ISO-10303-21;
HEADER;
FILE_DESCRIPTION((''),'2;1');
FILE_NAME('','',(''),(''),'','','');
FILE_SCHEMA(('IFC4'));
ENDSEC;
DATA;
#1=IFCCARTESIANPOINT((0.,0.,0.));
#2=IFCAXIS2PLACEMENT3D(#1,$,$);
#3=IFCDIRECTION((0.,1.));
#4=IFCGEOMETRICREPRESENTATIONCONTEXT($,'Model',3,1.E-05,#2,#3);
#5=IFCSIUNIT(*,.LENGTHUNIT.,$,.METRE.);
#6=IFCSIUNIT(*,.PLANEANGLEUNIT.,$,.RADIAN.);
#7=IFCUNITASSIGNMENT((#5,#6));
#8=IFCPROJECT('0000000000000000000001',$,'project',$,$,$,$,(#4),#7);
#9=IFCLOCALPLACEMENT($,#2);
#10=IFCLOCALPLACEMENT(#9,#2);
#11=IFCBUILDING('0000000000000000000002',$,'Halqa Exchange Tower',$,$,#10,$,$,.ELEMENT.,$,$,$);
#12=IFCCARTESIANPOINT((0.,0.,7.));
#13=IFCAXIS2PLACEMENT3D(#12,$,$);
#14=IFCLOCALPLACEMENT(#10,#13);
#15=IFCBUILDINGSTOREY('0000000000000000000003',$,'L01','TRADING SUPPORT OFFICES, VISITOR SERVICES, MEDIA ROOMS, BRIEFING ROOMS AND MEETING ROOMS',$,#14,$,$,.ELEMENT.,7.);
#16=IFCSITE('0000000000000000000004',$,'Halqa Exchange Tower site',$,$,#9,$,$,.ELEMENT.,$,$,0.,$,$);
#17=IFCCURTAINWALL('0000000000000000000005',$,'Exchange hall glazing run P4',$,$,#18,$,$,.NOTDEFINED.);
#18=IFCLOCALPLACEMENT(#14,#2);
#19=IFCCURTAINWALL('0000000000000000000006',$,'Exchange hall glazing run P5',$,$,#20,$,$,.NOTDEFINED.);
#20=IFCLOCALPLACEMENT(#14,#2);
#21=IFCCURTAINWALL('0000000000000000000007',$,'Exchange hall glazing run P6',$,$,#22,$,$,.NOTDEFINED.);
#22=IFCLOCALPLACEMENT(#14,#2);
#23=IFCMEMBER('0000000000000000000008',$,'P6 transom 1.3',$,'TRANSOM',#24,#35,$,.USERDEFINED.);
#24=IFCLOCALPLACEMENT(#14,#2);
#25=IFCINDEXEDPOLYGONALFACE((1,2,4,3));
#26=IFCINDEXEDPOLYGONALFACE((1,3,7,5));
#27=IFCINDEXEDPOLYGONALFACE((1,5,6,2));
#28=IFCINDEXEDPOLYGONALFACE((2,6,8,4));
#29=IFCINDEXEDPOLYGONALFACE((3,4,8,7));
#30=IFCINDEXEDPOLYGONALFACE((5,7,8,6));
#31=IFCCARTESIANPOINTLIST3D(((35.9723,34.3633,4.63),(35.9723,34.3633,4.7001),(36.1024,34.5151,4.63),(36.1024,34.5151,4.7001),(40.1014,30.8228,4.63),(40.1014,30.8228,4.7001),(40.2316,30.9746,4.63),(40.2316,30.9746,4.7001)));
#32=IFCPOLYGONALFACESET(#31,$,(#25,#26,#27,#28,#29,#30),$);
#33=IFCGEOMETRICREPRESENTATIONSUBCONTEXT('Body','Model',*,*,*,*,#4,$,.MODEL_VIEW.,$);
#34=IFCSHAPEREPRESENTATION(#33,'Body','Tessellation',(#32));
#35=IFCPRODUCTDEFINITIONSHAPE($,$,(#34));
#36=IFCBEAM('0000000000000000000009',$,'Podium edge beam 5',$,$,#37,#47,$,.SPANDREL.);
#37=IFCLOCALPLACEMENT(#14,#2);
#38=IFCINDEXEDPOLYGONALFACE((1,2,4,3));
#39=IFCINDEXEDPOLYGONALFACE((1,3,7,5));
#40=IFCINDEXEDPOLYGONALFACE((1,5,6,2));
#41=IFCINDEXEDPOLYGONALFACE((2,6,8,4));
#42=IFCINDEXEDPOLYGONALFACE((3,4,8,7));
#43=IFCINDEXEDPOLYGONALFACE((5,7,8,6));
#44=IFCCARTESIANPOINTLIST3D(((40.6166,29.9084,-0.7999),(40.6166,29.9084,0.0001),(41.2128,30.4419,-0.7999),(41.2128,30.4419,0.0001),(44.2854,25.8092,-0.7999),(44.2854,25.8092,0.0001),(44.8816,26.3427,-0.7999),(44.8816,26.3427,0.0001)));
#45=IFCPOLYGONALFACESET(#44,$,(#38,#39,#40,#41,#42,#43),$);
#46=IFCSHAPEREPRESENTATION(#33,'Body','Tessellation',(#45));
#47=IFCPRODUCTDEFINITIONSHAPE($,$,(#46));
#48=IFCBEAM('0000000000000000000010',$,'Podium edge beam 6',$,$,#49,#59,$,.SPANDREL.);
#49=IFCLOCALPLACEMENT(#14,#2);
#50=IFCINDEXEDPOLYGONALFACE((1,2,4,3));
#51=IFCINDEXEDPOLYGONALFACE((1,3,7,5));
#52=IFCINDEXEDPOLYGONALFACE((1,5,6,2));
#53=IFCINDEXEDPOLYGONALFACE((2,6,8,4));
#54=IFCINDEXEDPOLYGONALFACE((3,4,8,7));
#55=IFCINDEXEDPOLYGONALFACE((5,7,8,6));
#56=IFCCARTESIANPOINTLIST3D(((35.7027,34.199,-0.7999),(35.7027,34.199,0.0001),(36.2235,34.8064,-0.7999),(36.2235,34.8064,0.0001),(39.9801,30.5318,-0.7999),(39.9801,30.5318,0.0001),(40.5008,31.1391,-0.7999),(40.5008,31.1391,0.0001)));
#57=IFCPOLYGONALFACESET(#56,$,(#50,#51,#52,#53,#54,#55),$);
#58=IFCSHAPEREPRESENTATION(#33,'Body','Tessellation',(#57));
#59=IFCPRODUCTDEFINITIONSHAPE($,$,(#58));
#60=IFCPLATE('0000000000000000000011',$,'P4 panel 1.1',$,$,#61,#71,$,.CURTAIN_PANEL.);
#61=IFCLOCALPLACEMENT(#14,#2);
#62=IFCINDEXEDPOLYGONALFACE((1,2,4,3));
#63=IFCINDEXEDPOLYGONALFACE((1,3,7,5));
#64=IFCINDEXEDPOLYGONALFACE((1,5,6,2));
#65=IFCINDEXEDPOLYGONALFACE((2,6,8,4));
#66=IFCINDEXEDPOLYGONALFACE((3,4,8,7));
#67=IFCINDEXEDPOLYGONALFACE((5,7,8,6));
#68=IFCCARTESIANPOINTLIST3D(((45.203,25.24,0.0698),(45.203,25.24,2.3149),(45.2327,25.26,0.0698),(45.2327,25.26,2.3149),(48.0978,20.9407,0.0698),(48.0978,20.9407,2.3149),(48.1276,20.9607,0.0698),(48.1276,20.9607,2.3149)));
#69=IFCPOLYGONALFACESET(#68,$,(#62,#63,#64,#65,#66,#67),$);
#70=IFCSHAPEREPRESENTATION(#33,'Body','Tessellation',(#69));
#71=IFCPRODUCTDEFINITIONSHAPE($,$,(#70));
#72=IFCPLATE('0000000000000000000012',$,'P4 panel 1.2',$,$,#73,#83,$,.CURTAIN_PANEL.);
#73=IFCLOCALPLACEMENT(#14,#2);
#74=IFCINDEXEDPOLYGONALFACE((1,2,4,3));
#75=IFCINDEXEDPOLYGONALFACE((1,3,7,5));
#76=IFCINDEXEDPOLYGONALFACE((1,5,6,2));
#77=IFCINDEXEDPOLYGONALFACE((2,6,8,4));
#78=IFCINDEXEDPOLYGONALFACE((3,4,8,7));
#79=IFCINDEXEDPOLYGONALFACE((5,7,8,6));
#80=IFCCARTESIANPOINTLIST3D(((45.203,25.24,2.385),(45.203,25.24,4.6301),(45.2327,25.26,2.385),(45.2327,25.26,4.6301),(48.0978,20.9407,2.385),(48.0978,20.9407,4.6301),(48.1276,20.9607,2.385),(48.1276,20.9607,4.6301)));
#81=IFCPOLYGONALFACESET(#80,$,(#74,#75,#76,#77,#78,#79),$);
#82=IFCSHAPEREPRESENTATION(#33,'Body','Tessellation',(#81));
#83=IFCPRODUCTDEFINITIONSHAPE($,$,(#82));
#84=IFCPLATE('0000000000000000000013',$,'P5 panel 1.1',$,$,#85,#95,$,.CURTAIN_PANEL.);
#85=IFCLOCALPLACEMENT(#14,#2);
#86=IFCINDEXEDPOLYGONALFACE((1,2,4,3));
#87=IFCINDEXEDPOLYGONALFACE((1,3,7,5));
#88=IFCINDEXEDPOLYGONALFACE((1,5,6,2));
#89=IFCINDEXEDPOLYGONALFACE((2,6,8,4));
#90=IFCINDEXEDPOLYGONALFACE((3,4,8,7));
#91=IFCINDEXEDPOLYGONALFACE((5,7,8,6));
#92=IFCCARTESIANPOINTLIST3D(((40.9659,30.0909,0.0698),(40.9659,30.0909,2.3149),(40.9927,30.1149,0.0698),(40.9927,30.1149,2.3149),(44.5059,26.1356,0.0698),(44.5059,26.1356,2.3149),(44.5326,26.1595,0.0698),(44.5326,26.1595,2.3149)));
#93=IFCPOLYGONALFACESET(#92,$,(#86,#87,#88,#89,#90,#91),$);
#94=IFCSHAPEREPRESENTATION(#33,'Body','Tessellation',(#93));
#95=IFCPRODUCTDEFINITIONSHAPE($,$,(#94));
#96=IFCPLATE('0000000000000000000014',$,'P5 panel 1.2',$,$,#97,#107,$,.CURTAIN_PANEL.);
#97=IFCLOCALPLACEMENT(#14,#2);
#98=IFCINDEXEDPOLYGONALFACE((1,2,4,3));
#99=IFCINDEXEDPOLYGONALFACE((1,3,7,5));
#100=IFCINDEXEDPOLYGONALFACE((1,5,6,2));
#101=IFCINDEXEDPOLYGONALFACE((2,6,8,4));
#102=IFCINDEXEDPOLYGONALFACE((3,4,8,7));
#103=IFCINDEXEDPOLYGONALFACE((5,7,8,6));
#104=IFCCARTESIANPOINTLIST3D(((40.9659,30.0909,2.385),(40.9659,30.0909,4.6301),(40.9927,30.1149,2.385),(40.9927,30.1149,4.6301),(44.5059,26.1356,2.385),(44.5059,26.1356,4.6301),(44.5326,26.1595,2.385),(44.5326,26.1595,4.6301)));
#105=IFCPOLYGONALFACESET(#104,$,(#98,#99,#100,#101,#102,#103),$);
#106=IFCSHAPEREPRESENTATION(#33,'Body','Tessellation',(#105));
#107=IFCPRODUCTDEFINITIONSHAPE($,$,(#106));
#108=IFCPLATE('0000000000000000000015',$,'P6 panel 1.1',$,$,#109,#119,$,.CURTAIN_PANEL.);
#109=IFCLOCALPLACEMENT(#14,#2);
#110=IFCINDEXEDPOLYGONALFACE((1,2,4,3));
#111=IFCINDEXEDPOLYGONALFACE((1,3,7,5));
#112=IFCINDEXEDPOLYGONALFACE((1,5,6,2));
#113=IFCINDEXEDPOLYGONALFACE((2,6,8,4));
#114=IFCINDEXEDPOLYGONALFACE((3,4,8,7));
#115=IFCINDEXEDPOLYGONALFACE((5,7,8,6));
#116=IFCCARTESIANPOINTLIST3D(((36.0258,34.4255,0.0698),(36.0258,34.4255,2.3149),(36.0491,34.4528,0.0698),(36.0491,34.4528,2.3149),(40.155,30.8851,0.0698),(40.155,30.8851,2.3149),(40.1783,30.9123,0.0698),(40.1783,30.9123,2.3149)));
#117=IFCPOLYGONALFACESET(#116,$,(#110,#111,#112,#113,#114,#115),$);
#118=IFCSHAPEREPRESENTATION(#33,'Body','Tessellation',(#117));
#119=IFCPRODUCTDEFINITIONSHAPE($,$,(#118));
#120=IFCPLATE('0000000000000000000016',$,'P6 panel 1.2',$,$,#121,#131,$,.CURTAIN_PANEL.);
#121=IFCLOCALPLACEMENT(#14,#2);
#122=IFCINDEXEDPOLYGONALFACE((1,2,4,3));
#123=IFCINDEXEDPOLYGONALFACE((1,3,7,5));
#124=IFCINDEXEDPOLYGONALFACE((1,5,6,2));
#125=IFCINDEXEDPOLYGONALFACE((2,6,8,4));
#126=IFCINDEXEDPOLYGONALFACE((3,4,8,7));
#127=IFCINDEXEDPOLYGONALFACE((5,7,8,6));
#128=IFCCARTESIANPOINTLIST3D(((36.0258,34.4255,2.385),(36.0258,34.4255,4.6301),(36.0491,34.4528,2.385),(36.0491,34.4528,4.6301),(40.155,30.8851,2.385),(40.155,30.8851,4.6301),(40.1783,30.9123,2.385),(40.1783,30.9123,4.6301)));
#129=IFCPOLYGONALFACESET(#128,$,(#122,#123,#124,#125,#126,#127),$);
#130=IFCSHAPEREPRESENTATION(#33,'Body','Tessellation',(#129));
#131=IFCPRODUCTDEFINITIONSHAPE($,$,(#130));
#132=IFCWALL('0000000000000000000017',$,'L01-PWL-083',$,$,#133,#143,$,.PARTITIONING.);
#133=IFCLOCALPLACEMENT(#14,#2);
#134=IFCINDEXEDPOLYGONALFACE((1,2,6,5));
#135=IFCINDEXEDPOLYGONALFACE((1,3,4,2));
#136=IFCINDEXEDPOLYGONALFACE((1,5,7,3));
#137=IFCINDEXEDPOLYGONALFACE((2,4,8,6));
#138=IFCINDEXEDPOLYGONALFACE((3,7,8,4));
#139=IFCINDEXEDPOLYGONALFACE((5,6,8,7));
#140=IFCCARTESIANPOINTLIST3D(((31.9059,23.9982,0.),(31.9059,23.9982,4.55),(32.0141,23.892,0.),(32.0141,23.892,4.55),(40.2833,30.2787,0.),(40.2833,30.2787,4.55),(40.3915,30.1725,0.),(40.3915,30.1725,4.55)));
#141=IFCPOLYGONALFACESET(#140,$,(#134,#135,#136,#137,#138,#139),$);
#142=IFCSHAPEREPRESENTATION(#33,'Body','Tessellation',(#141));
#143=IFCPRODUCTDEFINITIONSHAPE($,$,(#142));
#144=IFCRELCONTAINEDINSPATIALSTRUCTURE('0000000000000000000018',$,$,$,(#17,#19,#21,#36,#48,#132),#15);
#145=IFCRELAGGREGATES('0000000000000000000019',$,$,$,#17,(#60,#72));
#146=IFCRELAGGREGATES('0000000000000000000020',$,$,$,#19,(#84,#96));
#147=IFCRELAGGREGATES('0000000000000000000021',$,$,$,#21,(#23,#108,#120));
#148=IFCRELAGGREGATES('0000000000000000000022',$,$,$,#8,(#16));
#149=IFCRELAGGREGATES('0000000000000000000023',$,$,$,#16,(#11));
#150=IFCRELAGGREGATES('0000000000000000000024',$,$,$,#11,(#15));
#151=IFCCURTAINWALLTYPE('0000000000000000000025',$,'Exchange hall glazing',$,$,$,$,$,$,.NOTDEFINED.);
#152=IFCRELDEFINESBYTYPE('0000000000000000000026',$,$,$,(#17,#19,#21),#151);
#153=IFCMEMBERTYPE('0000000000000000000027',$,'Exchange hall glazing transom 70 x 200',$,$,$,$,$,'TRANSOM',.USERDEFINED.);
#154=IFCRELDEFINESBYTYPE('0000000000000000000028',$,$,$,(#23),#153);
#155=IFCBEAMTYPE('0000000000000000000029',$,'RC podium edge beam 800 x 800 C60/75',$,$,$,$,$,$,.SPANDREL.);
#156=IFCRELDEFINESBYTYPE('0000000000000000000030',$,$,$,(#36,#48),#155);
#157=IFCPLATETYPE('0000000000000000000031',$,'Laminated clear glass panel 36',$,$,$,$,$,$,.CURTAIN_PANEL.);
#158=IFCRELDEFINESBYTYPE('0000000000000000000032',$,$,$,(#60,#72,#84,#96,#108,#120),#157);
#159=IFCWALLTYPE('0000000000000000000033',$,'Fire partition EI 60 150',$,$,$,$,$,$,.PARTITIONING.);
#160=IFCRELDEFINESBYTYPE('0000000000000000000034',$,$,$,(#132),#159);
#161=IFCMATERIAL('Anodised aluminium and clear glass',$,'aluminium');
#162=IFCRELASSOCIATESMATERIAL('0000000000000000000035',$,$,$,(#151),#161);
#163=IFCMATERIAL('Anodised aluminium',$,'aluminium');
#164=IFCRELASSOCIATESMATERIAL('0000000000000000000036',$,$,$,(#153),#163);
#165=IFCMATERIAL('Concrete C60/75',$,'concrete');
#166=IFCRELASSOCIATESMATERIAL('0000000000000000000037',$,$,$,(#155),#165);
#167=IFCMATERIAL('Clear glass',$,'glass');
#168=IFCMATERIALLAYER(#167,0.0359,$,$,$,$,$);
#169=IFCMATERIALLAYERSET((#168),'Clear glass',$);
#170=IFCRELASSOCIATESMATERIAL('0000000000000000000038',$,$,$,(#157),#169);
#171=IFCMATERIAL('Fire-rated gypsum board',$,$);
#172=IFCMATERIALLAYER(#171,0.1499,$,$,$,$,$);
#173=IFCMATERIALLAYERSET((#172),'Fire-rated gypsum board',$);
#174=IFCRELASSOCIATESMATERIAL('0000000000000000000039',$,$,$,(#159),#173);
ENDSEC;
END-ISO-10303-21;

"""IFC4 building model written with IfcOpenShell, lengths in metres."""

from ifc_helpers import new_model, si_unit, direction, frame, origin, origin_2d, place, context, subcontext, project, spatial, polyline, rectangle, outline, extrude, material, layer, layer_set, material_profile, profile_set, type_object, element, aggregate, save


model = new_model("IFC4")

# Units and contexts
model_context = context("Model", 3, precision=1e-05, world=origin(), true_north=direction((0.0, 1.0)))
body_context = subcontext(model_context, "Body", "Model", "MODEL_VIEW")
ifc_project = project(units=[si_unit("LENGTHUNIT", "METRE"), si_unit("PLANEANGLEUNIT", "RADIAN")], contexts=[model_context])

# Site, building, storey
site_placement = place(None, origin())
site = spatial("IfcSite", under=ifc_project, at=site_placement, Name="Halqa Exchange Tower site", CompositionType="ELEMENT", RefElevation=0.0)
building_placement = place(site_placement, origin())
building = spatial("IfcBuilding", under=site, at=building_placement, Name="Halqa Exchange Tower", CompositionType="ELEMENT")
storey_placement = place(building_placement, frame((0.0, 0.0, 7.0)))
storey = spatial("IfcBuildingStorey", under=building, at=storey_placement, Name="L01", Description="TRADING SUPPORT OFFICES, VISITOR SERVICES, MEDIA ROOMS, BRIEFING ROOMS AND MEETING ROOMS", CompositionType="ELEMENT", Elevation=7.0)

# Shared definitions
ifc_material_1 = material(Name="Concrete C60/75", Category="concrete")

# Curtain wall
ifc_material_2 = material(Name="Anodised aluminium and clear glass", Category="aluminium")
curtain_wall_type = type_object("IfcCurtainWallType", Name="Exchange hall glazing", PredefinedType="NOTDEFINED", material=ifc_material_2)
curtain_wall_1_placement = place(storey_placement, origin())
curtain_wall_1 = element("IfcCurtainWall", 1, at=curtain_wall_1_placement, inside=storey, type_object=curtain_wall_type, Name="Exchange hall glazing run P4", PredefinedType="NOTDEFINED")
ifc_material_3 = material(Name="Anodised aluminium", Category="aluminium")

# Curtain walls
curtain_wall_2_placement = place(storey_placement, origin())
curtain_wall_2 = element("IfcCurtainWall", 2, at=curtain_wall_2_placement, inside=storey, type_object=curtain_wall_type, Name="Exchange hall glazing run P5", PredefinedType="NOTDEFINED")
curtain_wall_3_placement = place(storey_placement, origin())
curtain_wall_3 = element("IfcCurtainWall", 3, at=curtain_wall_3_placement, inside=storey, type_object=curtain_wall_type, Name="Exchange hall glazing run P6", PredefinedType="NOTDEFINED")

# Member
ifc_material_profile_1 = material_profile(ifc_material_3, rectangle(XDim=0.2, YDim=0.0701, at=origin_2d()), Name="AL 70x200")
ifc_profile_set_1 = profile_set([ifc_material_profile_1], Name="Anodised aluminium")
member_type_1 = type_object("IfcMemberType", Name="Exchange hall glazing transom 70 x 200", ElementType="TRANSOM", PredefinedType="USERDEFINED", material=ifc_profile_set_1)
member_1_placement = place(storey_placement, frame((40.1665, 30.8987, 4.665), z_axis=(-0.759143, 0.650924, 0.0), x_axis=(-0.650924, -0.759143, 0.0)))
member_1 = element("IfcMember", 4, at=member_1_placement, type_object=member_type_1, Name="P6 transom 1.3", ObjectType="TRANSOM", PredefinedType="USERDEFINED", context=body_context, shape_type="SweptSolid", body=[
    extrude(rectangle(XDim=0.2, YDim=0.0701, at=origin_2d()), origin(), (0.0, 0.0, 1.0), 5.4392),
])

# Beams
ifc_material_profile_2 = material_profile(ifc_material_1, rectangle(XDim=0.8, YDim=0.8, at=origin_2d()), Name="800 x 800")
ifc_profile_set_2 = profile_set([ifc_material_profile_2], Name="Concrete C60/75")
beam_type = type_object("IfcBeamType", Name="RC podium edge beam 800 x 800 C60/75", PredefinedType="SPANDREL", material=ifc_profile_set_2)
beam_1_placement = place(storey_placement, frame((44.5835, 26.0759, -0.3999), z_axis=(-0.666903, 0.745145, 0.0), x_axis=(-0.745145, -0.666903, 0.0)))
element("IfcBeam", 5, at=beam_1_placement, inside=storey, type_object=beam_type, Name="Podium edge beam 5", PredefinedType="SPANDREL", context=body_context, shape_type="SweptSolid", body=[
    extrude(rectangle(XDim=0.8, YDim=0.8, at=origin_2d()), origin(), (0.0, 0.0, 1.0), 5.5012),
])
beam_2_placement = place(storey_placement, frame((40.2405, 30.8354, -0.3999), z_axis=(-0.759174, 0.650888, 0.0), x_axis=(-0.650888, -0.759174, 0.0)))
element("IfcBeam", 6, at=beam_2_placement, inside=storey, type_object=beam_type, Name="Podium edge beam 6", PredefinedType="SPANDREL", context=body_context, shape_type="SweptSolid", body=[
    extrude(rectangle(XDim=0.8, YDim=0.8, at=origin_2d()), origin(), (0.0, 0.0, 1.0), 5.6343),
])

# Plates
ifc_material_4 = material(Name="Clear glass", Category="glass")
ifc_layer_1 = layer(ifc_material_4, 0.0359)
ifc_layer_set_1 = layer_set([ifc_layer_1], Name="Clear glass")
plate_type = type_object("IfcPlateType", Name="Laminated clear glass panel 36", PredefinedType="CURTAIN_PANEL", material=ifc_layer_set_1)
plate_1_placement = place(storey_placement, frame((46.6653, 23.1003, 0.0698), z_axis=(0.0, 0.0, 1.0), x_axis=(-0.558522, 0.82949, 0.0)))
plate_1 = element("IfcPlate", 7, at=plate_1_placement, type_object=plate_type, Name="P4 panel 1.1", PredefinedType="CURTAIN_PANEL", context=body_context, shape_type="SweptSolid", body=[
    extrude(rectangle(XDim=5.1831, YDim=0.0359, at=origin_2d()), origin(), (0.0, 0.0, 1.0), 2.2451),
])
plate_2_placement = place(storey_placement, frame((46.6653, 23.1003, 2.385), z_axis=(0.0, 0.0, 1.0), x_axis=(-0.558522, 0.82949, 0.0)))
plate_2 = element("IfcPlate", 8, at=plate_2_placement, type_object=plate_type, Name="P4 panel 1.2", PredefinedType="CURTAIN_PANEL", context=body_context, shape_type="SweptSolid", body=[
    extrude(rectangle(XDim=5.1831, YDim=0.0359, at=origin_2d()), origin(), (0.0, 0.0, 1.0), 2.2451),
])
aggregate(curtain_wall_1, [plate_1, plate_2])
plate_3_placement = place(storey_placement, frame((42.7493, 28.1252, 0.0698), z_axis=(0.0, 0.0, 1.0), x_axis=(-0.666899, 0.745148, 0.0)))
plate_3 = element("IfcPlate", 9, at=plate_3_placement, type_object=plate_type, Name="P5 panel 1.1", PredefinedType="CURTAIN_PANEL", context=body_context, shape_type="SweptSolid", body=[
    extrude(rectangle(XDim=5.3081, YDim=0.0359, at=origin_2d()), origin(), (0.0, 0.0, 1.0), 2.2451),
])
plate_4_placement = place(storey_placement, frame((42.7493, 28.1252, 2.385), z_axis=(0.0, 0.0, 1.0), x_axis=(-0.666899, 0.745148, 0.0)))
plate_4 = element("IfcPlate", 10, at=plate_4_placement, type_object=plate_type, Name="P5 panel 1.2", PredefinedType="CURTAIN_PANEL", context=body_context, shape_type="SweptSolid", body=[
    extrude(rectangle(XDim=5.3081, YDim=0.0359, at=origin_2d()), origin(), (0.0, 0.0, 1.0), 2.2451),
])
aggregate(curtain_wall_2, [plate_3, plate_4])
plate_5_placement = place(storey_placement, frame((38.1021, 32.6689, 0.0698), z_axis=(0.0, 0.0, 1.0), x_axis=(-0.759154, 0.650911, 0.0)))
plate_5 = element("IfcPlate", 11, at=plate_5_placement, type_object=plate_type, Name="P6 panel 1.1", PredefinedType="CURTAIN_PANEL", context=body_context, shape_type="SweptSolid", body=[
    extrude(rectangle(XDim=5.4392, YDim=0.0359, at=origin_2d()), origin(), (0.0, 0.0, 1.0), 2.2451),
])
plate_6_placement = place(storey_placement, frame((38.1021, 32.6689, 2.385), z_axis=(0.0, 0.0, 1.0), x_axis=(-0.759154, 0.650911, 0.0)))
plate_6 = element("IfcPlate", 12, at=plate_6_placement, type_object=plate_type, Name="P6 panel 1.2", PredefinedType="CURTAIN_PANEL", context=body_context, shape_type="SweptSolid", body=[
    extrude(rectangle(XDim=5.4392, YDim=0.0359, at=origin_2d()), origin(), (0.0, 0.0, 1.0), 2.2451),
])
aggregate(curtain_wall_3, [member_1, plate_5, plate_6])

# Wall
ifc_material_5 = material(Name="Fire-rated gypsum board")
ifc_layer_2 = layer(ifc_material_5, 0.1499)
ifc_layer_set_2 = layer_set([ifc_layer_2], Name="Fire-rated gypsum board")
wall_type = type_object("IfcWallType", Name="Fire partition EI 60 150", PredefinedType="PARTITIONING", material=ifc_layer_set_2)
wall_placement = place(storey_placement, frame((40.3374, 30.2256, 0.0), z_axis=(0.0, 0.0, 1.0), x_axis=(-0.800118, -0.599843, 0.0)))
element("IfcWall", 13, at=wall_placement, inside=storey, type_object=wall_type, Name="L01-PWL-083", PredefinedType="PARTITIONING", context=body_context, shape_type="SweptSolid", body=[
    extrude(outline(polyline([(0.0115, -0.075), (10.4817, -0.075), (10.4587, 0.075), (-0.0115, 0.075), (0.0115, -0.075)])), origin(), (0.0, 0.0, 1.0), 4.55),
])

save(model, "model.ifc")
